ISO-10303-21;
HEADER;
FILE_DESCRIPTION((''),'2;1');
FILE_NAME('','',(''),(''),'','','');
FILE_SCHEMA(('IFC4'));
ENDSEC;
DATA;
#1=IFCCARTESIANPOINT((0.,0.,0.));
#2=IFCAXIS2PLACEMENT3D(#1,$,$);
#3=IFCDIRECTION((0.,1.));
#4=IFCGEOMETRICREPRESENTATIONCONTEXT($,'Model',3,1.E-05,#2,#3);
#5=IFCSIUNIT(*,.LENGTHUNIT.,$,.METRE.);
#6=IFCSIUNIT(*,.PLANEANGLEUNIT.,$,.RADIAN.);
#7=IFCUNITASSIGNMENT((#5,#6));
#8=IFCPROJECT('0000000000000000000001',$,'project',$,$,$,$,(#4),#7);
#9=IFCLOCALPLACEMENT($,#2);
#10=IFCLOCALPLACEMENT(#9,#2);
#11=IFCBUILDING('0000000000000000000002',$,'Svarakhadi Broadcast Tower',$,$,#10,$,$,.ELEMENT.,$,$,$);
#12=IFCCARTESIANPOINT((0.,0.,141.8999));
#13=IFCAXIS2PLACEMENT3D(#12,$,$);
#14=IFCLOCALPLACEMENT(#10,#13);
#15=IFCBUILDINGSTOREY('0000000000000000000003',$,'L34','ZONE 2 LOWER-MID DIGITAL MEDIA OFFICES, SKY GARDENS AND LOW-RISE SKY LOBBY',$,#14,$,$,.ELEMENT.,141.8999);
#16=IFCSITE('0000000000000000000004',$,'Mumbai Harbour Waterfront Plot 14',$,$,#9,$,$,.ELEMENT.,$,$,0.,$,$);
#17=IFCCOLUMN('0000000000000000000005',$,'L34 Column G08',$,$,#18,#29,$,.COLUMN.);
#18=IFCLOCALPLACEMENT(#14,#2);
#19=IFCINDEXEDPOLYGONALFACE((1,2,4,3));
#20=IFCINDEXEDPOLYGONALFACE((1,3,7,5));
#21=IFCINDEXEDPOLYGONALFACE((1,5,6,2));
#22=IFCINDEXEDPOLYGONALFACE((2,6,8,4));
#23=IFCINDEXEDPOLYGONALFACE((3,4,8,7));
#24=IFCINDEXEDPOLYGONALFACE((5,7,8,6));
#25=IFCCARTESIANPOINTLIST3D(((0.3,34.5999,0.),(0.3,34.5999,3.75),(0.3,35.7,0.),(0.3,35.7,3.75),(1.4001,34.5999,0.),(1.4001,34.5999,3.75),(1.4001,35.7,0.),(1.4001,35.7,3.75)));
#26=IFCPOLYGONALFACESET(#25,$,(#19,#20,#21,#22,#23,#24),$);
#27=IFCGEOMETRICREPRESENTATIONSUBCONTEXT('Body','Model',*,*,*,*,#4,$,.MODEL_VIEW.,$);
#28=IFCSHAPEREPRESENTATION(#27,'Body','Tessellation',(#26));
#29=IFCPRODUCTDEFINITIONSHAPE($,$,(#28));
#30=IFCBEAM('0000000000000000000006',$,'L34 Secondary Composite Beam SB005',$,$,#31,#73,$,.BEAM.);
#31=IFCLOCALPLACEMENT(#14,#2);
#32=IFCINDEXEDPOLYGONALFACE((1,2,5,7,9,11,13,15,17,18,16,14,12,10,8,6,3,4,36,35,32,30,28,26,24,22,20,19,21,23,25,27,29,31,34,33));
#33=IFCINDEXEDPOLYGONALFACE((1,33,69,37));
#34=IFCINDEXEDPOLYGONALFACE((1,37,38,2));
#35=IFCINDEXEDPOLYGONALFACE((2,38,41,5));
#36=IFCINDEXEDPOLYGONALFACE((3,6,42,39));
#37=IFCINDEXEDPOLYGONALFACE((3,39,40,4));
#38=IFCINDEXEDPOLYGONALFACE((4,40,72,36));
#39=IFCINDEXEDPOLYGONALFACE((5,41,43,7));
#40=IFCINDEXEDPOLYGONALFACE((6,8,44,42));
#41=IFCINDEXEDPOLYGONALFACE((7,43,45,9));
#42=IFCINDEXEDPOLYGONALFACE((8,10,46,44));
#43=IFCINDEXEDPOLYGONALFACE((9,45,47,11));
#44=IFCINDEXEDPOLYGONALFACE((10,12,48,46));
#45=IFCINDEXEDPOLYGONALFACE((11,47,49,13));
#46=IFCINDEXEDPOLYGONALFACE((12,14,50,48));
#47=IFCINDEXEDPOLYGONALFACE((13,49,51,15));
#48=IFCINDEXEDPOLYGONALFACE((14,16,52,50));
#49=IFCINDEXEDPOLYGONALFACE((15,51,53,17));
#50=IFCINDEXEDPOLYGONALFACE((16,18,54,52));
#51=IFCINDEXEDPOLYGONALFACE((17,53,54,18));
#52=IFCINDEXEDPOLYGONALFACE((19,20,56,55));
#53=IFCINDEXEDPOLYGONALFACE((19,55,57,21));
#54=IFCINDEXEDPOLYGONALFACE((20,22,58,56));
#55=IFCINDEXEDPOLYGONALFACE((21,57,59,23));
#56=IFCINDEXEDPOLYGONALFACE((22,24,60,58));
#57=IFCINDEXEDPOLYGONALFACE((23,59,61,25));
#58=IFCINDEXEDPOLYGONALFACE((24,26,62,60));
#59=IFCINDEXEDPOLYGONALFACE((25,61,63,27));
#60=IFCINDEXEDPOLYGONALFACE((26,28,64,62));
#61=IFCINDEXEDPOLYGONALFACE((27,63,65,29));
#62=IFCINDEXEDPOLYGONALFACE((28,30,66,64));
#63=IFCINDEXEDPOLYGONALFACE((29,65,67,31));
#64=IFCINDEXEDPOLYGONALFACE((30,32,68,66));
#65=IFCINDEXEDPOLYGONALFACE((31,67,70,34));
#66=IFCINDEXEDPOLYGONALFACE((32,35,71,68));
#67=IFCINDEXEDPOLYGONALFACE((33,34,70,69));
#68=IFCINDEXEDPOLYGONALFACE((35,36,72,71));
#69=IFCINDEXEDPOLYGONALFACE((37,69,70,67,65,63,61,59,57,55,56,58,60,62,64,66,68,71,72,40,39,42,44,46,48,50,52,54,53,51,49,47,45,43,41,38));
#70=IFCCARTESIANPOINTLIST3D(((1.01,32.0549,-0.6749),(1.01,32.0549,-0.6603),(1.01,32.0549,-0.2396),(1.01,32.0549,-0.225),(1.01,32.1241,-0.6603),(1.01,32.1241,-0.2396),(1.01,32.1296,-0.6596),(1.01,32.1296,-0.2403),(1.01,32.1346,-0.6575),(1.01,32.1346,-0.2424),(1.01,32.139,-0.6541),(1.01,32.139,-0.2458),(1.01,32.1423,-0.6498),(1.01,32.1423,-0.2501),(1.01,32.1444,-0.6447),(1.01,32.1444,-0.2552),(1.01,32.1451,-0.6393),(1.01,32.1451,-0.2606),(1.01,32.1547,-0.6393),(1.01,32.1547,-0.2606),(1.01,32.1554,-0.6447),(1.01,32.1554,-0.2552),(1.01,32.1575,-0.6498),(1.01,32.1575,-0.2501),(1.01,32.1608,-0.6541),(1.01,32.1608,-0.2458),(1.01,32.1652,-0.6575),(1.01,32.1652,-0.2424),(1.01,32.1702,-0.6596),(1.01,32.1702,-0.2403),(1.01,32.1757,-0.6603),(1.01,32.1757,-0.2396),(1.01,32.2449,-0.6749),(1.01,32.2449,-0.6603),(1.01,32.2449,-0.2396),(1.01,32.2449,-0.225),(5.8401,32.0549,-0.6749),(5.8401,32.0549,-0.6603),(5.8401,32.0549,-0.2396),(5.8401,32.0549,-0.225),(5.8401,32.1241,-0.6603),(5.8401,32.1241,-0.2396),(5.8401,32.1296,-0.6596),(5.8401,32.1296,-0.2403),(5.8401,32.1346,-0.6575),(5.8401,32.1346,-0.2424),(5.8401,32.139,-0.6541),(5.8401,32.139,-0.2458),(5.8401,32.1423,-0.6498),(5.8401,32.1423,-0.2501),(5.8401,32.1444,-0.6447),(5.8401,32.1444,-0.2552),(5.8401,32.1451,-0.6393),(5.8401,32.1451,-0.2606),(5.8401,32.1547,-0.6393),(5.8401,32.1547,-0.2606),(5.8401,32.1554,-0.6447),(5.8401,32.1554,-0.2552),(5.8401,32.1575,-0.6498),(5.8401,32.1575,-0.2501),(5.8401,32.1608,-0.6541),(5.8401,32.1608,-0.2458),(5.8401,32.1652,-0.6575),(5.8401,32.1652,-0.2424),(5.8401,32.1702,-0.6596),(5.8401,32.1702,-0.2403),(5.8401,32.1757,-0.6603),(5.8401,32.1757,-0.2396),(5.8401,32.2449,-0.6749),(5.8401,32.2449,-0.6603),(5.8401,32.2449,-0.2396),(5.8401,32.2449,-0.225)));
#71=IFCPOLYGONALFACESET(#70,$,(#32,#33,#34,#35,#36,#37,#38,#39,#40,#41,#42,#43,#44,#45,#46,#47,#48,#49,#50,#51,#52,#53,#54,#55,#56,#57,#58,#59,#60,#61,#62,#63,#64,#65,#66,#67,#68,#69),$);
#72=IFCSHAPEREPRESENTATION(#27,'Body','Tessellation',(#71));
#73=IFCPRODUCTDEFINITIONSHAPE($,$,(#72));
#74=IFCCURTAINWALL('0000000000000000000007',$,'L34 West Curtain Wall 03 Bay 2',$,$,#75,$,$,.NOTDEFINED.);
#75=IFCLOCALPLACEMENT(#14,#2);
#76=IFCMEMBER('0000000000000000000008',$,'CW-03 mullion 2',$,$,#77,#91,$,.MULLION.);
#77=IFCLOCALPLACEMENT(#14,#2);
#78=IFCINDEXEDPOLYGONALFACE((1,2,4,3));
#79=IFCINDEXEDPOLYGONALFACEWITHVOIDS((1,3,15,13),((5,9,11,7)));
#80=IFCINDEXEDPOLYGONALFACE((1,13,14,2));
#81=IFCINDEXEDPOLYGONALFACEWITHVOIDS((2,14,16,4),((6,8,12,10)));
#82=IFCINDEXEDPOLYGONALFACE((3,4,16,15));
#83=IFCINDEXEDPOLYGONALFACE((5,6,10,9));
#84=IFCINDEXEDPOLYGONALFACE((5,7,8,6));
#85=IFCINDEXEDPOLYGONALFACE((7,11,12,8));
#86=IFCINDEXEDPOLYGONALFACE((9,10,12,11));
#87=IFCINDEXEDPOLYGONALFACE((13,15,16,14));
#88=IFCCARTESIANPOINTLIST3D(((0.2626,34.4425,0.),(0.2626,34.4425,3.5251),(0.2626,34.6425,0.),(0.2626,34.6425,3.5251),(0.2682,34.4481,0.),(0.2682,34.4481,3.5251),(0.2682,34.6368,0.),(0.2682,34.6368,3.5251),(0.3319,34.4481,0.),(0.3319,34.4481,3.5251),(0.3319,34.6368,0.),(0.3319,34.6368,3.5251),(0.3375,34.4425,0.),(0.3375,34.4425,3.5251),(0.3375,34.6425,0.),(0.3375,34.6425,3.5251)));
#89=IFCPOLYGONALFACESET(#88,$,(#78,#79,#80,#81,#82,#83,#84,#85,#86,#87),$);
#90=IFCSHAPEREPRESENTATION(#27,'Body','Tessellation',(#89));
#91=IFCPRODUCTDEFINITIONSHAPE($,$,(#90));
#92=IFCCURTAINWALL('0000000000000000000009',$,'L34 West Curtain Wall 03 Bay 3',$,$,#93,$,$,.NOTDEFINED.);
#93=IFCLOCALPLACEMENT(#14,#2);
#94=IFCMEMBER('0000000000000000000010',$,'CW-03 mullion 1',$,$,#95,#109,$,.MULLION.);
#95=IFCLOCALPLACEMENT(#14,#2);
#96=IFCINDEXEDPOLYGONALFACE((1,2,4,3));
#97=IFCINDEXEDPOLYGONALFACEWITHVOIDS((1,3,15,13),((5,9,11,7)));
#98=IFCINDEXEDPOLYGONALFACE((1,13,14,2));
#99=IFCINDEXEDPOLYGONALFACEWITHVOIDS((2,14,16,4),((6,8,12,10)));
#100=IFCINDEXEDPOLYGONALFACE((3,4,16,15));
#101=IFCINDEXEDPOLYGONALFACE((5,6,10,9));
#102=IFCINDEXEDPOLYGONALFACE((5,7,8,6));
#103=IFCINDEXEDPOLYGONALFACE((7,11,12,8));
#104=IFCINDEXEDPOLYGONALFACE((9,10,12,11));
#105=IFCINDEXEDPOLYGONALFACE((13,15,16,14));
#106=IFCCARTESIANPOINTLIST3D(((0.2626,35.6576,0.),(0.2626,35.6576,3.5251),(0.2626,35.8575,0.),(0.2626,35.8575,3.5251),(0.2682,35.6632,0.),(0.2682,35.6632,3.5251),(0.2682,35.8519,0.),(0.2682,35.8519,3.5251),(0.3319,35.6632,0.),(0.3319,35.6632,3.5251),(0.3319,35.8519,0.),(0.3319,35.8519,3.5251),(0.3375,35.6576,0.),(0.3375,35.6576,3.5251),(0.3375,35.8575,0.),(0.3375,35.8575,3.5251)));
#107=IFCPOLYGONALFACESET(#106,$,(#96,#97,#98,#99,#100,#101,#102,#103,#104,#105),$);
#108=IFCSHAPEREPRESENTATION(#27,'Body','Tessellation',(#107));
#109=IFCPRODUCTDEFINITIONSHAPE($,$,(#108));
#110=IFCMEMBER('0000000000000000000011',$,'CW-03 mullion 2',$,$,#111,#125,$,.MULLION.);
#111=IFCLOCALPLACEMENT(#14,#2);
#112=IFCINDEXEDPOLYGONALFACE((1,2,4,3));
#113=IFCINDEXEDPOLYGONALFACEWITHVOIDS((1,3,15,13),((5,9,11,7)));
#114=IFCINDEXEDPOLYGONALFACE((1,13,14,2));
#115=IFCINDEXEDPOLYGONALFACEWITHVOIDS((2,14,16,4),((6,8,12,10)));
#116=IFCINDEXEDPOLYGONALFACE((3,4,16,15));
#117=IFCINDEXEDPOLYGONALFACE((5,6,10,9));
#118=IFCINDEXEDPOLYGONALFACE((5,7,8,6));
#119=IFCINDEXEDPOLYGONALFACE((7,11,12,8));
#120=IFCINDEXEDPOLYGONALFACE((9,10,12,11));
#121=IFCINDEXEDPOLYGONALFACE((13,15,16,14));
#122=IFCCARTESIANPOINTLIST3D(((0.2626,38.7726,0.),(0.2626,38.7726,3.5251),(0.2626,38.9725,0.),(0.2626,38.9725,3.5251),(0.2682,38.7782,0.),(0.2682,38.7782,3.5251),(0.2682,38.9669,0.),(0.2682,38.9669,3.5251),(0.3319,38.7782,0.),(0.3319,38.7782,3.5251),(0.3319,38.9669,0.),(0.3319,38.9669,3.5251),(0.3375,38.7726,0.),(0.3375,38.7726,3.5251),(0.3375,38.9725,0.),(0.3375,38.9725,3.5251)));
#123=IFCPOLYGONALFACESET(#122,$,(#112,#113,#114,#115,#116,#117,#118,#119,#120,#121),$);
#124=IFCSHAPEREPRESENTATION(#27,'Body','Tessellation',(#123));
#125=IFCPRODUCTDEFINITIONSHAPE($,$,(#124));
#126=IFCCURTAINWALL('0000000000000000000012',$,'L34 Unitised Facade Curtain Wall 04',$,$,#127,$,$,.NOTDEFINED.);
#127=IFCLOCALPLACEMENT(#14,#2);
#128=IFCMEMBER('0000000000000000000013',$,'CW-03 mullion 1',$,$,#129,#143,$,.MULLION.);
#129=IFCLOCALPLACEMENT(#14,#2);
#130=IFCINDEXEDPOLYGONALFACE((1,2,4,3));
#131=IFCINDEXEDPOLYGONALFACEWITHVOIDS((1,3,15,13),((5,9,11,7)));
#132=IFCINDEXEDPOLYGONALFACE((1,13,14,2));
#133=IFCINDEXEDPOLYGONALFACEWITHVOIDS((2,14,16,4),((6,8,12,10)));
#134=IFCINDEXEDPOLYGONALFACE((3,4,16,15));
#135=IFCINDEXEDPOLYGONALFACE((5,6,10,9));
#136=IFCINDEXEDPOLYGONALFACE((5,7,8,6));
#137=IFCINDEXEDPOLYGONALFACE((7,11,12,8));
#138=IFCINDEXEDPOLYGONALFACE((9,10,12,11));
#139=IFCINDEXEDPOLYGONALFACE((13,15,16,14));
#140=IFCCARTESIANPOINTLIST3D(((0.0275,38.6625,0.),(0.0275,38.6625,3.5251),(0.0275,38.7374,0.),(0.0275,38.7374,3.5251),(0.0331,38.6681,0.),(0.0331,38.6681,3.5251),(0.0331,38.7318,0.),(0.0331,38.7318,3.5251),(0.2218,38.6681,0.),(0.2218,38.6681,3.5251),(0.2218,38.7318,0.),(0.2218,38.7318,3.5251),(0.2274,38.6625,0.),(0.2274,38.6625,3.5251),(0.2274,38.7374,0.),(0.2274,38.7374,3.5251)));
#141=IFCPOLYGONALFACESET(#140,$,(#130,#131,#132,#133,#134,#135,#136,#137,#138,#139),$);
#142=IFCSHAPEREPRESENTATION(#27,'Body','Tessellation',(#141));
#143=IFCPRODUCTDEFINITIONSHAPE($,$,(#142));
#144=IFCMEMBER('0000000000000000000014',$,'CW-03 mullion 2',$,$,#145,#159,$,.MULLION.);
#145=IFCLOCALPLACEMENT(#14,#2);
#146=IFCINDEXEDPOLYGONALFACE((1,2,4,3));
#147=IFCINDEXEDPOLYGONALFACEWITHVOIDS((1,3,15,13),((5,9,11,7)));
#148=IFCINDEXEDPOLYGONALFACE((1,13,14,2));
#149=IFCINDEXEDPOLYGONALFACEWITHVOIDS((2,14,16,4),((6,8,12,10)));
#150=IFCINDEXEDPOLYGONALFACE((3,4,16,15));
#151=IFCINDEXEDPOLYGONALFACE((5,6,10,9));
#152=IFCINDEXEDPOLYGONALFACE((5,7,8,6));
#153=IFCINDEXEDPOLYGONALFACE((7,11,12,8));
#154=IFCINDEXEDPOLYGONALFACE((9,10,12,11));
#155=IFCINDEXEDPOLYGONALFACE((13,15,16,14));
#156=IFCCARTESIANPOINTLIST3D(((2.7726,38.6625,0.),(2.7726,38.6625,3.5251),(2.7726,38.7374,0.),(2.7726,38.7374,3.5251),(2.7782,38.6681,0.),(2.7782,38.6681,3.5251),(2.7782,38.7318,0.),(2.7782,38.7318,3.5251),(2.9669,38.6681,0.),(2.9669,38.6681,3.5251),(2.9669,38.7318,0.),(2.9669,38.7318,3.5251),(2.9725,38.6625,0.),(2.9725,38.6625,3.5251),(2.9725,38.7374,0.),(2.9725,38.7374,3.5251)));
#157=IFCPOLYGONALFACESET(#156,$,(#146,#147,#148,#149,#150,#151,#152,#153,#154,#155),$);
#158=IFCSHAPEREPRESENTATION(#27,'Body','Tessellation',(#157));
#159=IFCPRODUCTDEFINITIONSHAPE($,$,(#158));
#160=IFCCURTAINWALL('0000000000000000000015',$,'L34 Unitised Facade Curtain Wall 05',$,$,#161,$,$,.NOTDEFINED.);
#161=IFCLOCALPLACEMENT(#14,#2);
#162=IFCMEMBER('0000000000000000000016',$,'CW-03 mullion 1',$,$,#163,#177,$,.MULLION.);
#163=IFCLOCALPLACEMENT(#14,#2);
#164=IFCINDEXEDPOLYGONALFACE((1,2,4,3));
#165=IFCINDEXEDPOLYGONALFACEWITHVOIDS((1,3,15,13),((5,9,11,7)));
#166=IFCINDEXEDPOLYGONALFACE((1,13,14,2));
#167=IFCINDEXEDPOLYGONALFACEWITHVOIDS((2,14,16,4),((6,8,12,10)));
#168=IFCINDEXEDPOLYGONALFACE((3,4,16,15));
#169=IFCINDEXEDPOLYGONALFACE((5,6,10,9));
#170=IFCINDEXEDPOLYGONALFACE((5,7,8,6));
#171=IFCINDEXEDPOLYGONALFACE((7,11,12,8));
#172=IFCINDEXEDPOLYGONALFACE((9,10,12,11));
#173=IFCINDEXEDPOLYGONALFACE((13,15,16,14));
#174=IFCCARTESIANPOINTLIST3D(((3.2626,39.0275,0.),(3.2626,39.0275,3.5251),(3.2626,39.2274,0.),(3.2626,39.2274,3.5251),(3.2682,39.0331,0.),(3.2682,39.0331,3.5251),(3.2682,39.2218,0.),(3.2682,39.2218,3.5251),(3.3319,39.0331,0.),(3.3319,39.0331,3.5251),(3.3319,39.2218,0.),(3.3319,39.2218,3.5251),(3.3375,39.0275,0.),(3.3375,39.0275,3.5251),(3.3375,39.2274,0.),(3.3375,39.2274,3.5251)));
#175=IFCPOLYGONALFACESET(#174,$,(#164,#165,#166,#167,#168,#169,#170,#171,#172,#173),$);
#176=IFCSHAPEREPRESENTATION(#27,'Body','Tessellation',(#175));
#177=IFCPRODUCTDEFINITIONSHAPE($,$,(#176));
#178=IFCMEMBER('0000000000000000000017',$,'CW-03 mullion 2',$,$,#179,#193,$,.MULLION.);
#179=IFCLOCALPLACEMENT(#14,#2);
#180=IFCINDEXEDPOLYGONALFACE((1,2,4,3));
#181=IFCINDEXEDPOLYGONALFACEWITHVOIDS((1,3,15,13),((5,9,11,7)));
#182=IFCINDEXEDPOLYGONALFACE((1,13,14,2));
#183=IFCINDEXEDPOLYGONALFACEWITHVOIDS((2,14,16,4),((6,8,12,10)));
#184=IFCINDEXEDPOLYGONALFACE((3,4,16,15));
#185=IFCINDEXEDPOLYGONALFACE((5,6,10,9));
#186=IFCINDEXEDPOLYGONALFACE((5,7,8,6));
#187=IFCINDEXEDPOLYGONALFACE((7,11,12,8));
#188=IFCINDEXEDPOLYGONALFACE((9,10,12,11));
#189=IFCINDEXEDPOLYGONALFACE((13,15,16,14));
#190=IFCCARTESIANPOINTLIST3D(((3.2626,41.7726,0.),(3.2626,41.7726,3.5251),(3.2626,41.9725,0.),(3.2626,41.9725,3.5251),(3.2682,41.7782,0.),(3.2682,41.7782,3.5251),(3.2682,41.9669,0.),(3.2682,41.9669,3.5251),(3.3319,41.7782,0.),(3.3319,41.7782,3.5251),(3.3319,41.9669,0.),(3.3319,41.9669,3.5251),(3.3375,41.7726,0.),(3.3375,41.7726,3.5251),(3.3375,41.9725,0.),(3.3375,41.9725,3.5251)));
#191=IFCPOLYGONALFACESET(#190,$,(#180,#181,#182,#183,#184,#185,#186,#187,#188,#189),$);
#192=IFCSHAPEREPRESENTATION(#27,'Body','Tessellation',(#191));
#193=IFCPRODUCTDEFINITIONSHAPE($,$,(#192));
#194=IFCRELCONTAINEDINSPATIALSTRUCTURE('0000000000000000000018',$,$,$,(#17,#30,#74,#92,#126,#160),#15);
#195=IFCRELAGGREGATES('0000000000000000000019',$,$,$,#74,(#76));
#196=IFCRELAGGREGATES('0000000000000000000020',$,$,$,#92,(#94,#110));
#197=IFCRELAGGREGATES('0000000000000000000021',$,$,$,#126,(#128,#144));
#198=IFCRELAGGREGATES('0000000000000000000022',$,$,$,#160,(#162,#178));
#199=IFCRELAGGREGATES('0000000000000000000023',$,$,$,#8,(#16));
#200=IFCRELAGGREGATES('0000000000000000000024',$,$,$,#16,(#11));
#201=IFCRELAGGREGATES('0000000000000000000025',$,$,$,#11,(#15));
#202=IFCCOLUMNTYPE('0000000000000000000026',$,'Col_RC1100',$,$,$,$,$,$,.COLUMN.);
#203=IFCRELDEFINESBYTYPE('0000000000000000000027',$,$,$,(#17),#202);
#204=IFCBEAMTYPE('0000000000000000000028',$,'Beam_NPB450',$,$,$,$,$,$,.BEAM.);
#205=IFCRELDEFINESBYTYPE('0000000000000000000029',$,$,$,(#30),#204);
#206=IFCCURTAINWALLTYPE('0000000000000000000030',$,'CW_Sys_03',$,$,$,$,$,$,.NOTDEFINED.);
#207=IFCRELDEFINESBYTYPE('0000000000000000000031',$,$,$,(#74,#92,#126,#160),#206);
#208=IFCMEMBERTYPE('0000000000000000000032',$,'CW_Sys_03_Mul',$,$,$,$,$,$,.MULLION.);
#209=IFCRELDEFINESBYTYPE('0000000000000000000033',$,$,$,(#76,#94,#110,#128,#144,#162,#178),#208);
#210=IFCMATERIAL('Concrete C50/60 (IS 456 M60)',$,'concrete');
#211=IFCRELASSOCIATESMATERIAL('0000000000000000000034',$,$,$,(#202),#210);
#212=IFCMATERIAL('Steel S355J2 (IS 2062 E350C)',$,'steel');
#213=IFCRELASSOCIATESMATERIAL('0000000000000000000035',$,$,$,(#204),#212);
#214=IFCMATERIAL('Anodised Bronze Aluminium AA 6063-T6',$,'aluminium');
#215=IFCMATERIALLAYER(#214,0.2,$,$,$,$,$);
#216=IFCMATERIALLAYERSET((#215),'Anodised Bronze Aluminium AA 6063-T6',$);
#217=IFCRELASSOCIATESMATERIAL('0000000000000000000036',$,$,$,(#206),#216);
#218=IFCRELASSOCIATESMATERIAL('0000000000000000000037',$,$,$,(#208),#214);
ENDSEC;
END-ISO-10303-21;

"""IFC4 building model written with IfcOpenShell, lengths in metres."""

from ifc_helpers import new_model, si_unit, direction, frame, origin, origin_2d, place, context, subcontext, project, spatial, rectangle, hollow_rectangle, i_section, extrude, material, layer, layer_set, material_profile, profile_set, type_object, element, aggregate, save


model = new_model("IFC4")

# Units and contexts
model_context = context("Model", 3, precision=1e-05, world=origin(), true_north=direction((0.0, 1.0)))
body_context = subcontext(model_context, "Body", "Model", "MODEL_VIEW")
ifc_project = project(units=[si_unit("LENGTHUNIT", "METRE"), si_unit("PLANEANGLEUNIT", "RADIAN")], contexts=[model_context])

# Site, building, storey
site_placement = place(None, origin())
site = spatial("IfcSite", under=ifc_project, at=site_placement, Name="Mumbai Harbour Waterfront Plot 14", CompositionType="ELEMENT", RefElevation=0.0)
building_placement = place(site_placement, origin())
building = spatial("IfcBuilding", under=site, at=building_placement, Name="Svarakhadi Broadcast Tower", CompositionType="ELEMENT")
storey_placement = place(building_placement, frame((0.0, 0.0, 141.8999)))
storey = spatial("IfcBuildingStorey", under=building, at=storey_placement, Name="L34", Description="ZONE 2 LOWER-MID DIGITAL MEDIA OFFICES, SKY GARDENS AND LOW-RISE SKY LOBBY", CompositionType="ELEMENT", Elevation=141.8999)

# Column
ifc_material_1 = material(Name="Concrete C50/60 (IS 456 M60)", Category="concrete")
ifc_material_profile_1 = material_profile(ifc_material_1, rectangle(XDim=1.1001, YDim=1.1001, at=origin_2d()), Name="RC 1100x1100")
ifc_profile_set_1 = profile_set([ifc_material_profile_1], Name="Concrete C50/60 (IS 456 M60)")
column_type = type_object("IfcColumnType", Name="Col_RC1100", PredefinedType="COLUMN", material=ifc_profile_set_1)
column_placement = place(storey_placement, frame((0.8501, 35.1499, 0.0), z_axis=(0.0, 0.0, 1.0), x_axis=(1.0, 0.0, 0.0)))
element("IfcColumn", 1, at=column_placement, inside=storey, type_object=column_type, Name="L34 Column G08", PredefinedType="COLUMN", context=body_context, shape_type="SweptSolid", body=[
    extrude(rectangle(XDim=1.1001, YDim=1.1001, at=origin_2d()), origin(), (0.0, 0.0, 1.0), 3.75),
])

# Beam
ifc_material_2 = material(Name="Steel S355J2 (IS 2062 E350C)", Category="steel")
ifc_material_profile_2 = material_profile(ifc_material_2, i_section(OverallWidth=0.1899, OverallDepth=0.45, WebThickness=0.0095, FlangeThickness=0.0146, FilletRadius=0.021, at=origin_2d()), Name="NPB 450x190x78")
ifc_profile_set_2 = profile_set([ifc_material_profile_2], Name="Steel S355J2 (IS 2062 E350C)")
beam_type_1 = type_object("IfcBeamType", Name="Beam_NPB450", PredefinedType="BEAM", material=ifc_profile_set_2)
beam_1_placement = place(storey_placement, frame((1.01, 32.1499, -0.45), z_axis=(1.0, 0.0, 0.0), x_axis=(0.0, 1.0, 0.0)))
element("IfcBeam", 2, at=beam_1_placement, inside=storey, type_object=beam_type_1, Name="L34 Secondary Composite Beam SB005", PredefinedType="BEAM", context=body_context, shape_type="SweptSolid", body=[
    extrude(i_section(OverallWidth=0.1899, OverallDepth=0.45, WebThickness=0.0095, FlangeThickness=0.0146, FilletRadius=0.021, at=origin_2d()), origin(), (0.0, 0.0, 1.0), 4.8301),
])

# Curtain wall, member
ifc_material_3 = material(Name="Anodised Bronze Aluminium AA 6063-T6", Category="aluminium")
ifc_layer_1 = layer(ifc_material_3, 0.2)
ifc_layer_set_1 = layer_set([ifc_layer_1], Name="Anodised Bronze Aluminium AA 6063-T6")
curtain_wall_type = type_object("IfcCurtainWallType", Name="CW_Sys_03", PredefinedType="NOTDEFINED", material=ifc_layer_set_1)
curtain_wall_1_placement = place(storey_placement, origin())
curtain_wall_1 = element("IfcCurtainWall", 3, at=curtain_wall_1_placement, inside=storey, type_object=curtain_wall_type, Name="L34 West Curtain Wall 03 Bay 2", PredefinedType="NOTDEFINED")
ifc_material_profile_3 = material_profile(ifc_material_3, hollow_rectangle(XDim=0.075, YDim=0.2, WallThickness=0.0056, at=origin_2d()), Name="ALU MULLION 200x75x6")
ifc_profile_set_3 = profile_set([ifc_material_profile_3], Name="Anodised Bronze Aluminium AA 6063-T6")
member_type_1 = type_object("IfcMemberType", Name="CW_Sys_03_Mul", PredefinedType="MULLION", material=ifc_profile_set_3)
member_1_placement = place(storey_placement, frame((0.3, 34.5425, 0.0), z_axis=(0.0, 0.0, 1.0), x_axis=(-1.0, 0.0, 0.0)))
member_1 = element("IfcMember", 4, at=member_1_placement, type_object=member_type_1, Name="CW-03 mullion 2", PredefinedType="MULLION", context=body_context, shape_type="SweptSolid", body=[
    extrude(hollow_rectangle(XDim=0.075, YDim=0.2, WallThickness=0.0056, at=origin_2d()), origin(), (0.0, 0.0, 1.0), 3.5251),
])
aggregate(curtain_wall_1, [member_1])

# Curtain walls, members
curtain_wall_2_placement = place(storey_placement, origin())
curtain_wall_2 = element("IfcCurtainWall", 5, at=curtain_wall_2_placement, inside=storey, type_object=curtain_wall_type, Name="L34 West Curtain Wall 03 Bay 3", PredefinedType="NOTDEFINED")
member_2_placement = place(storey_placement, frame((0.3, 35.7576, 0.0), z_axis=(0.0, 0.0, 1.0), x_axis=(-1.0, 0.0, 0.0)))
member_2 = element("IfcMember", 6, at=member_2_placement, type_object=member_type_1, Name="CW-03 mullion 1", PredefinedType="MULLION", context=body_context, shape_type="SweptSolid", body=[
    extrude(hollow_rectangle(XDim=0.075, YDim=0.2, WallThickness=0.0056, at=origin_2d()), origin(), (0.0, 0.0, 1.0), 3.5251),
])
member_3_placement = place(storey_placement, frame((0.3, 38.8726, 0.0), z_axis=(0.0, 0.0, 1.0), x_axis=(-1.0, 0.0, 0.0)))
member_3 = element("IfcMember", 7, at=member_3_placement, type_object=member_type_1, Name="CW-03 mullion 2", PredefinedType="MULLION", context=body_context, shape_type="SweptSolid", body=[
    extrude(hollow_rectangle(XDim=0.075, YDim=0.2, WallThickness=0.0056, at=origin_2d()), origin(), (0.0, 0.0, 1.0), 3.5251),
])
curtain_wall_3_placement = place(storey_placement, origin())
curtain_wall_3 = element("IfcCurtainWall", 8, at=curtain_wall_3_placement, inside=storey, type_object=curtain_wall_type, Name="L34 Unitised Facade Curtain Wall 04", PredefinedType="NOTDEFINED")
member_4_placement = place(storey_placement, frame((0.1274, 38.7, 0.0), z_axis=(0.0, 0.0, 1.0), x_axis=(0.0, 1.0, 0.0)))
member_4 = element("IfcMember", 9, at=member_4_placement, type_object=member_type_1, Name="CW-03 mullion 1", PredefinedType="MULLION", context=body_context, shape_type="SweptSolid", body=[
    extrude(hollow_rectangle(XDim=0.075, YDim=0.2, WallThickness=0.0056, at=origin_2d()), origin(), (0.0, 0.0, 1.0), 3.5251),
])
member_5_placement = place(storey_placement, frame((2.8726, 38.7, 0.0), z_axis=(0.0, 0.0, 1.0), x_axis=(0.0, 1.0, 0.0)))
member_5 = element("IfcMember", 10, at=member_5_placement, type_object=member_type_1, Name="CW-03 mullion 2", PredefinedType="MULLION", context=body_context, shape_type="SweptSolid", body=[
    extrude(hollow_rectangle(XDim=0.075, YDim=0.2, WallThickness=0.0056, at=origin_2d()), origin(), (0.0, 0.0, 1.0), 3.5251),
])
curtain_wall_4_placement = place(storey_placement, origin())
curtain_wall_4 = element("IfcCurtainWall", 11, at=curtain_wall_4_placement, inside=storey, type_object=curtain_wall_type, Name="L34 Unitised Facade Curtain Wall 05", PredefinedType="NOTDEFINED")
member_6_placement = place(storey_placement, frame((3.3, 39.1274, 0.0), z_axis=(0.0, 0.0, 1.0), x_axis=(-1.0, 0.0, 0.0)))
member_6 = element("IfcMember", 12, at=member_6_placement, type_object=member_type_1, Name="CW-03 mullion 1", PredefinedType="MULLION", context=body_context, shape_type="SweptSolid", body=[
    extrude(hollow_rectangle(XDim=0.075, YDim=0.2, WallThickness=0.0056, at=origin_2d()), origin(), (0.0, 0.0, 1.0), 3.5251),
])
member_7_placement = place(storey_placement, frame((3.3, 41.8726, 0.0), z_axis=(0.0, 0.0, 1.0), x_axis=(-1.0, 0.0, 0.0)))
member_7 = element("IfcMember", 13, at=member_7_placement, type_object=member_type_1, Name="CW-03 mullion 2", PredefinedType="MULLION", context=body_context, shape_type="SweptSolid", body=[
    extrude(hollow_rectangle(XDim=0.075, YDim=0.2, WallThickness=0.0056, at=origin_2d()), origin(), (0.0, 0.0, 1.0), 3.5251),
])

aggregate(curtain_wall_2, [member_2, member_3])
aggregate(curtain_wall_3, [member_4, member_5])
aggregate(curtain_wall_4, [member_6, member_7])

save(model, "model.ifc")
